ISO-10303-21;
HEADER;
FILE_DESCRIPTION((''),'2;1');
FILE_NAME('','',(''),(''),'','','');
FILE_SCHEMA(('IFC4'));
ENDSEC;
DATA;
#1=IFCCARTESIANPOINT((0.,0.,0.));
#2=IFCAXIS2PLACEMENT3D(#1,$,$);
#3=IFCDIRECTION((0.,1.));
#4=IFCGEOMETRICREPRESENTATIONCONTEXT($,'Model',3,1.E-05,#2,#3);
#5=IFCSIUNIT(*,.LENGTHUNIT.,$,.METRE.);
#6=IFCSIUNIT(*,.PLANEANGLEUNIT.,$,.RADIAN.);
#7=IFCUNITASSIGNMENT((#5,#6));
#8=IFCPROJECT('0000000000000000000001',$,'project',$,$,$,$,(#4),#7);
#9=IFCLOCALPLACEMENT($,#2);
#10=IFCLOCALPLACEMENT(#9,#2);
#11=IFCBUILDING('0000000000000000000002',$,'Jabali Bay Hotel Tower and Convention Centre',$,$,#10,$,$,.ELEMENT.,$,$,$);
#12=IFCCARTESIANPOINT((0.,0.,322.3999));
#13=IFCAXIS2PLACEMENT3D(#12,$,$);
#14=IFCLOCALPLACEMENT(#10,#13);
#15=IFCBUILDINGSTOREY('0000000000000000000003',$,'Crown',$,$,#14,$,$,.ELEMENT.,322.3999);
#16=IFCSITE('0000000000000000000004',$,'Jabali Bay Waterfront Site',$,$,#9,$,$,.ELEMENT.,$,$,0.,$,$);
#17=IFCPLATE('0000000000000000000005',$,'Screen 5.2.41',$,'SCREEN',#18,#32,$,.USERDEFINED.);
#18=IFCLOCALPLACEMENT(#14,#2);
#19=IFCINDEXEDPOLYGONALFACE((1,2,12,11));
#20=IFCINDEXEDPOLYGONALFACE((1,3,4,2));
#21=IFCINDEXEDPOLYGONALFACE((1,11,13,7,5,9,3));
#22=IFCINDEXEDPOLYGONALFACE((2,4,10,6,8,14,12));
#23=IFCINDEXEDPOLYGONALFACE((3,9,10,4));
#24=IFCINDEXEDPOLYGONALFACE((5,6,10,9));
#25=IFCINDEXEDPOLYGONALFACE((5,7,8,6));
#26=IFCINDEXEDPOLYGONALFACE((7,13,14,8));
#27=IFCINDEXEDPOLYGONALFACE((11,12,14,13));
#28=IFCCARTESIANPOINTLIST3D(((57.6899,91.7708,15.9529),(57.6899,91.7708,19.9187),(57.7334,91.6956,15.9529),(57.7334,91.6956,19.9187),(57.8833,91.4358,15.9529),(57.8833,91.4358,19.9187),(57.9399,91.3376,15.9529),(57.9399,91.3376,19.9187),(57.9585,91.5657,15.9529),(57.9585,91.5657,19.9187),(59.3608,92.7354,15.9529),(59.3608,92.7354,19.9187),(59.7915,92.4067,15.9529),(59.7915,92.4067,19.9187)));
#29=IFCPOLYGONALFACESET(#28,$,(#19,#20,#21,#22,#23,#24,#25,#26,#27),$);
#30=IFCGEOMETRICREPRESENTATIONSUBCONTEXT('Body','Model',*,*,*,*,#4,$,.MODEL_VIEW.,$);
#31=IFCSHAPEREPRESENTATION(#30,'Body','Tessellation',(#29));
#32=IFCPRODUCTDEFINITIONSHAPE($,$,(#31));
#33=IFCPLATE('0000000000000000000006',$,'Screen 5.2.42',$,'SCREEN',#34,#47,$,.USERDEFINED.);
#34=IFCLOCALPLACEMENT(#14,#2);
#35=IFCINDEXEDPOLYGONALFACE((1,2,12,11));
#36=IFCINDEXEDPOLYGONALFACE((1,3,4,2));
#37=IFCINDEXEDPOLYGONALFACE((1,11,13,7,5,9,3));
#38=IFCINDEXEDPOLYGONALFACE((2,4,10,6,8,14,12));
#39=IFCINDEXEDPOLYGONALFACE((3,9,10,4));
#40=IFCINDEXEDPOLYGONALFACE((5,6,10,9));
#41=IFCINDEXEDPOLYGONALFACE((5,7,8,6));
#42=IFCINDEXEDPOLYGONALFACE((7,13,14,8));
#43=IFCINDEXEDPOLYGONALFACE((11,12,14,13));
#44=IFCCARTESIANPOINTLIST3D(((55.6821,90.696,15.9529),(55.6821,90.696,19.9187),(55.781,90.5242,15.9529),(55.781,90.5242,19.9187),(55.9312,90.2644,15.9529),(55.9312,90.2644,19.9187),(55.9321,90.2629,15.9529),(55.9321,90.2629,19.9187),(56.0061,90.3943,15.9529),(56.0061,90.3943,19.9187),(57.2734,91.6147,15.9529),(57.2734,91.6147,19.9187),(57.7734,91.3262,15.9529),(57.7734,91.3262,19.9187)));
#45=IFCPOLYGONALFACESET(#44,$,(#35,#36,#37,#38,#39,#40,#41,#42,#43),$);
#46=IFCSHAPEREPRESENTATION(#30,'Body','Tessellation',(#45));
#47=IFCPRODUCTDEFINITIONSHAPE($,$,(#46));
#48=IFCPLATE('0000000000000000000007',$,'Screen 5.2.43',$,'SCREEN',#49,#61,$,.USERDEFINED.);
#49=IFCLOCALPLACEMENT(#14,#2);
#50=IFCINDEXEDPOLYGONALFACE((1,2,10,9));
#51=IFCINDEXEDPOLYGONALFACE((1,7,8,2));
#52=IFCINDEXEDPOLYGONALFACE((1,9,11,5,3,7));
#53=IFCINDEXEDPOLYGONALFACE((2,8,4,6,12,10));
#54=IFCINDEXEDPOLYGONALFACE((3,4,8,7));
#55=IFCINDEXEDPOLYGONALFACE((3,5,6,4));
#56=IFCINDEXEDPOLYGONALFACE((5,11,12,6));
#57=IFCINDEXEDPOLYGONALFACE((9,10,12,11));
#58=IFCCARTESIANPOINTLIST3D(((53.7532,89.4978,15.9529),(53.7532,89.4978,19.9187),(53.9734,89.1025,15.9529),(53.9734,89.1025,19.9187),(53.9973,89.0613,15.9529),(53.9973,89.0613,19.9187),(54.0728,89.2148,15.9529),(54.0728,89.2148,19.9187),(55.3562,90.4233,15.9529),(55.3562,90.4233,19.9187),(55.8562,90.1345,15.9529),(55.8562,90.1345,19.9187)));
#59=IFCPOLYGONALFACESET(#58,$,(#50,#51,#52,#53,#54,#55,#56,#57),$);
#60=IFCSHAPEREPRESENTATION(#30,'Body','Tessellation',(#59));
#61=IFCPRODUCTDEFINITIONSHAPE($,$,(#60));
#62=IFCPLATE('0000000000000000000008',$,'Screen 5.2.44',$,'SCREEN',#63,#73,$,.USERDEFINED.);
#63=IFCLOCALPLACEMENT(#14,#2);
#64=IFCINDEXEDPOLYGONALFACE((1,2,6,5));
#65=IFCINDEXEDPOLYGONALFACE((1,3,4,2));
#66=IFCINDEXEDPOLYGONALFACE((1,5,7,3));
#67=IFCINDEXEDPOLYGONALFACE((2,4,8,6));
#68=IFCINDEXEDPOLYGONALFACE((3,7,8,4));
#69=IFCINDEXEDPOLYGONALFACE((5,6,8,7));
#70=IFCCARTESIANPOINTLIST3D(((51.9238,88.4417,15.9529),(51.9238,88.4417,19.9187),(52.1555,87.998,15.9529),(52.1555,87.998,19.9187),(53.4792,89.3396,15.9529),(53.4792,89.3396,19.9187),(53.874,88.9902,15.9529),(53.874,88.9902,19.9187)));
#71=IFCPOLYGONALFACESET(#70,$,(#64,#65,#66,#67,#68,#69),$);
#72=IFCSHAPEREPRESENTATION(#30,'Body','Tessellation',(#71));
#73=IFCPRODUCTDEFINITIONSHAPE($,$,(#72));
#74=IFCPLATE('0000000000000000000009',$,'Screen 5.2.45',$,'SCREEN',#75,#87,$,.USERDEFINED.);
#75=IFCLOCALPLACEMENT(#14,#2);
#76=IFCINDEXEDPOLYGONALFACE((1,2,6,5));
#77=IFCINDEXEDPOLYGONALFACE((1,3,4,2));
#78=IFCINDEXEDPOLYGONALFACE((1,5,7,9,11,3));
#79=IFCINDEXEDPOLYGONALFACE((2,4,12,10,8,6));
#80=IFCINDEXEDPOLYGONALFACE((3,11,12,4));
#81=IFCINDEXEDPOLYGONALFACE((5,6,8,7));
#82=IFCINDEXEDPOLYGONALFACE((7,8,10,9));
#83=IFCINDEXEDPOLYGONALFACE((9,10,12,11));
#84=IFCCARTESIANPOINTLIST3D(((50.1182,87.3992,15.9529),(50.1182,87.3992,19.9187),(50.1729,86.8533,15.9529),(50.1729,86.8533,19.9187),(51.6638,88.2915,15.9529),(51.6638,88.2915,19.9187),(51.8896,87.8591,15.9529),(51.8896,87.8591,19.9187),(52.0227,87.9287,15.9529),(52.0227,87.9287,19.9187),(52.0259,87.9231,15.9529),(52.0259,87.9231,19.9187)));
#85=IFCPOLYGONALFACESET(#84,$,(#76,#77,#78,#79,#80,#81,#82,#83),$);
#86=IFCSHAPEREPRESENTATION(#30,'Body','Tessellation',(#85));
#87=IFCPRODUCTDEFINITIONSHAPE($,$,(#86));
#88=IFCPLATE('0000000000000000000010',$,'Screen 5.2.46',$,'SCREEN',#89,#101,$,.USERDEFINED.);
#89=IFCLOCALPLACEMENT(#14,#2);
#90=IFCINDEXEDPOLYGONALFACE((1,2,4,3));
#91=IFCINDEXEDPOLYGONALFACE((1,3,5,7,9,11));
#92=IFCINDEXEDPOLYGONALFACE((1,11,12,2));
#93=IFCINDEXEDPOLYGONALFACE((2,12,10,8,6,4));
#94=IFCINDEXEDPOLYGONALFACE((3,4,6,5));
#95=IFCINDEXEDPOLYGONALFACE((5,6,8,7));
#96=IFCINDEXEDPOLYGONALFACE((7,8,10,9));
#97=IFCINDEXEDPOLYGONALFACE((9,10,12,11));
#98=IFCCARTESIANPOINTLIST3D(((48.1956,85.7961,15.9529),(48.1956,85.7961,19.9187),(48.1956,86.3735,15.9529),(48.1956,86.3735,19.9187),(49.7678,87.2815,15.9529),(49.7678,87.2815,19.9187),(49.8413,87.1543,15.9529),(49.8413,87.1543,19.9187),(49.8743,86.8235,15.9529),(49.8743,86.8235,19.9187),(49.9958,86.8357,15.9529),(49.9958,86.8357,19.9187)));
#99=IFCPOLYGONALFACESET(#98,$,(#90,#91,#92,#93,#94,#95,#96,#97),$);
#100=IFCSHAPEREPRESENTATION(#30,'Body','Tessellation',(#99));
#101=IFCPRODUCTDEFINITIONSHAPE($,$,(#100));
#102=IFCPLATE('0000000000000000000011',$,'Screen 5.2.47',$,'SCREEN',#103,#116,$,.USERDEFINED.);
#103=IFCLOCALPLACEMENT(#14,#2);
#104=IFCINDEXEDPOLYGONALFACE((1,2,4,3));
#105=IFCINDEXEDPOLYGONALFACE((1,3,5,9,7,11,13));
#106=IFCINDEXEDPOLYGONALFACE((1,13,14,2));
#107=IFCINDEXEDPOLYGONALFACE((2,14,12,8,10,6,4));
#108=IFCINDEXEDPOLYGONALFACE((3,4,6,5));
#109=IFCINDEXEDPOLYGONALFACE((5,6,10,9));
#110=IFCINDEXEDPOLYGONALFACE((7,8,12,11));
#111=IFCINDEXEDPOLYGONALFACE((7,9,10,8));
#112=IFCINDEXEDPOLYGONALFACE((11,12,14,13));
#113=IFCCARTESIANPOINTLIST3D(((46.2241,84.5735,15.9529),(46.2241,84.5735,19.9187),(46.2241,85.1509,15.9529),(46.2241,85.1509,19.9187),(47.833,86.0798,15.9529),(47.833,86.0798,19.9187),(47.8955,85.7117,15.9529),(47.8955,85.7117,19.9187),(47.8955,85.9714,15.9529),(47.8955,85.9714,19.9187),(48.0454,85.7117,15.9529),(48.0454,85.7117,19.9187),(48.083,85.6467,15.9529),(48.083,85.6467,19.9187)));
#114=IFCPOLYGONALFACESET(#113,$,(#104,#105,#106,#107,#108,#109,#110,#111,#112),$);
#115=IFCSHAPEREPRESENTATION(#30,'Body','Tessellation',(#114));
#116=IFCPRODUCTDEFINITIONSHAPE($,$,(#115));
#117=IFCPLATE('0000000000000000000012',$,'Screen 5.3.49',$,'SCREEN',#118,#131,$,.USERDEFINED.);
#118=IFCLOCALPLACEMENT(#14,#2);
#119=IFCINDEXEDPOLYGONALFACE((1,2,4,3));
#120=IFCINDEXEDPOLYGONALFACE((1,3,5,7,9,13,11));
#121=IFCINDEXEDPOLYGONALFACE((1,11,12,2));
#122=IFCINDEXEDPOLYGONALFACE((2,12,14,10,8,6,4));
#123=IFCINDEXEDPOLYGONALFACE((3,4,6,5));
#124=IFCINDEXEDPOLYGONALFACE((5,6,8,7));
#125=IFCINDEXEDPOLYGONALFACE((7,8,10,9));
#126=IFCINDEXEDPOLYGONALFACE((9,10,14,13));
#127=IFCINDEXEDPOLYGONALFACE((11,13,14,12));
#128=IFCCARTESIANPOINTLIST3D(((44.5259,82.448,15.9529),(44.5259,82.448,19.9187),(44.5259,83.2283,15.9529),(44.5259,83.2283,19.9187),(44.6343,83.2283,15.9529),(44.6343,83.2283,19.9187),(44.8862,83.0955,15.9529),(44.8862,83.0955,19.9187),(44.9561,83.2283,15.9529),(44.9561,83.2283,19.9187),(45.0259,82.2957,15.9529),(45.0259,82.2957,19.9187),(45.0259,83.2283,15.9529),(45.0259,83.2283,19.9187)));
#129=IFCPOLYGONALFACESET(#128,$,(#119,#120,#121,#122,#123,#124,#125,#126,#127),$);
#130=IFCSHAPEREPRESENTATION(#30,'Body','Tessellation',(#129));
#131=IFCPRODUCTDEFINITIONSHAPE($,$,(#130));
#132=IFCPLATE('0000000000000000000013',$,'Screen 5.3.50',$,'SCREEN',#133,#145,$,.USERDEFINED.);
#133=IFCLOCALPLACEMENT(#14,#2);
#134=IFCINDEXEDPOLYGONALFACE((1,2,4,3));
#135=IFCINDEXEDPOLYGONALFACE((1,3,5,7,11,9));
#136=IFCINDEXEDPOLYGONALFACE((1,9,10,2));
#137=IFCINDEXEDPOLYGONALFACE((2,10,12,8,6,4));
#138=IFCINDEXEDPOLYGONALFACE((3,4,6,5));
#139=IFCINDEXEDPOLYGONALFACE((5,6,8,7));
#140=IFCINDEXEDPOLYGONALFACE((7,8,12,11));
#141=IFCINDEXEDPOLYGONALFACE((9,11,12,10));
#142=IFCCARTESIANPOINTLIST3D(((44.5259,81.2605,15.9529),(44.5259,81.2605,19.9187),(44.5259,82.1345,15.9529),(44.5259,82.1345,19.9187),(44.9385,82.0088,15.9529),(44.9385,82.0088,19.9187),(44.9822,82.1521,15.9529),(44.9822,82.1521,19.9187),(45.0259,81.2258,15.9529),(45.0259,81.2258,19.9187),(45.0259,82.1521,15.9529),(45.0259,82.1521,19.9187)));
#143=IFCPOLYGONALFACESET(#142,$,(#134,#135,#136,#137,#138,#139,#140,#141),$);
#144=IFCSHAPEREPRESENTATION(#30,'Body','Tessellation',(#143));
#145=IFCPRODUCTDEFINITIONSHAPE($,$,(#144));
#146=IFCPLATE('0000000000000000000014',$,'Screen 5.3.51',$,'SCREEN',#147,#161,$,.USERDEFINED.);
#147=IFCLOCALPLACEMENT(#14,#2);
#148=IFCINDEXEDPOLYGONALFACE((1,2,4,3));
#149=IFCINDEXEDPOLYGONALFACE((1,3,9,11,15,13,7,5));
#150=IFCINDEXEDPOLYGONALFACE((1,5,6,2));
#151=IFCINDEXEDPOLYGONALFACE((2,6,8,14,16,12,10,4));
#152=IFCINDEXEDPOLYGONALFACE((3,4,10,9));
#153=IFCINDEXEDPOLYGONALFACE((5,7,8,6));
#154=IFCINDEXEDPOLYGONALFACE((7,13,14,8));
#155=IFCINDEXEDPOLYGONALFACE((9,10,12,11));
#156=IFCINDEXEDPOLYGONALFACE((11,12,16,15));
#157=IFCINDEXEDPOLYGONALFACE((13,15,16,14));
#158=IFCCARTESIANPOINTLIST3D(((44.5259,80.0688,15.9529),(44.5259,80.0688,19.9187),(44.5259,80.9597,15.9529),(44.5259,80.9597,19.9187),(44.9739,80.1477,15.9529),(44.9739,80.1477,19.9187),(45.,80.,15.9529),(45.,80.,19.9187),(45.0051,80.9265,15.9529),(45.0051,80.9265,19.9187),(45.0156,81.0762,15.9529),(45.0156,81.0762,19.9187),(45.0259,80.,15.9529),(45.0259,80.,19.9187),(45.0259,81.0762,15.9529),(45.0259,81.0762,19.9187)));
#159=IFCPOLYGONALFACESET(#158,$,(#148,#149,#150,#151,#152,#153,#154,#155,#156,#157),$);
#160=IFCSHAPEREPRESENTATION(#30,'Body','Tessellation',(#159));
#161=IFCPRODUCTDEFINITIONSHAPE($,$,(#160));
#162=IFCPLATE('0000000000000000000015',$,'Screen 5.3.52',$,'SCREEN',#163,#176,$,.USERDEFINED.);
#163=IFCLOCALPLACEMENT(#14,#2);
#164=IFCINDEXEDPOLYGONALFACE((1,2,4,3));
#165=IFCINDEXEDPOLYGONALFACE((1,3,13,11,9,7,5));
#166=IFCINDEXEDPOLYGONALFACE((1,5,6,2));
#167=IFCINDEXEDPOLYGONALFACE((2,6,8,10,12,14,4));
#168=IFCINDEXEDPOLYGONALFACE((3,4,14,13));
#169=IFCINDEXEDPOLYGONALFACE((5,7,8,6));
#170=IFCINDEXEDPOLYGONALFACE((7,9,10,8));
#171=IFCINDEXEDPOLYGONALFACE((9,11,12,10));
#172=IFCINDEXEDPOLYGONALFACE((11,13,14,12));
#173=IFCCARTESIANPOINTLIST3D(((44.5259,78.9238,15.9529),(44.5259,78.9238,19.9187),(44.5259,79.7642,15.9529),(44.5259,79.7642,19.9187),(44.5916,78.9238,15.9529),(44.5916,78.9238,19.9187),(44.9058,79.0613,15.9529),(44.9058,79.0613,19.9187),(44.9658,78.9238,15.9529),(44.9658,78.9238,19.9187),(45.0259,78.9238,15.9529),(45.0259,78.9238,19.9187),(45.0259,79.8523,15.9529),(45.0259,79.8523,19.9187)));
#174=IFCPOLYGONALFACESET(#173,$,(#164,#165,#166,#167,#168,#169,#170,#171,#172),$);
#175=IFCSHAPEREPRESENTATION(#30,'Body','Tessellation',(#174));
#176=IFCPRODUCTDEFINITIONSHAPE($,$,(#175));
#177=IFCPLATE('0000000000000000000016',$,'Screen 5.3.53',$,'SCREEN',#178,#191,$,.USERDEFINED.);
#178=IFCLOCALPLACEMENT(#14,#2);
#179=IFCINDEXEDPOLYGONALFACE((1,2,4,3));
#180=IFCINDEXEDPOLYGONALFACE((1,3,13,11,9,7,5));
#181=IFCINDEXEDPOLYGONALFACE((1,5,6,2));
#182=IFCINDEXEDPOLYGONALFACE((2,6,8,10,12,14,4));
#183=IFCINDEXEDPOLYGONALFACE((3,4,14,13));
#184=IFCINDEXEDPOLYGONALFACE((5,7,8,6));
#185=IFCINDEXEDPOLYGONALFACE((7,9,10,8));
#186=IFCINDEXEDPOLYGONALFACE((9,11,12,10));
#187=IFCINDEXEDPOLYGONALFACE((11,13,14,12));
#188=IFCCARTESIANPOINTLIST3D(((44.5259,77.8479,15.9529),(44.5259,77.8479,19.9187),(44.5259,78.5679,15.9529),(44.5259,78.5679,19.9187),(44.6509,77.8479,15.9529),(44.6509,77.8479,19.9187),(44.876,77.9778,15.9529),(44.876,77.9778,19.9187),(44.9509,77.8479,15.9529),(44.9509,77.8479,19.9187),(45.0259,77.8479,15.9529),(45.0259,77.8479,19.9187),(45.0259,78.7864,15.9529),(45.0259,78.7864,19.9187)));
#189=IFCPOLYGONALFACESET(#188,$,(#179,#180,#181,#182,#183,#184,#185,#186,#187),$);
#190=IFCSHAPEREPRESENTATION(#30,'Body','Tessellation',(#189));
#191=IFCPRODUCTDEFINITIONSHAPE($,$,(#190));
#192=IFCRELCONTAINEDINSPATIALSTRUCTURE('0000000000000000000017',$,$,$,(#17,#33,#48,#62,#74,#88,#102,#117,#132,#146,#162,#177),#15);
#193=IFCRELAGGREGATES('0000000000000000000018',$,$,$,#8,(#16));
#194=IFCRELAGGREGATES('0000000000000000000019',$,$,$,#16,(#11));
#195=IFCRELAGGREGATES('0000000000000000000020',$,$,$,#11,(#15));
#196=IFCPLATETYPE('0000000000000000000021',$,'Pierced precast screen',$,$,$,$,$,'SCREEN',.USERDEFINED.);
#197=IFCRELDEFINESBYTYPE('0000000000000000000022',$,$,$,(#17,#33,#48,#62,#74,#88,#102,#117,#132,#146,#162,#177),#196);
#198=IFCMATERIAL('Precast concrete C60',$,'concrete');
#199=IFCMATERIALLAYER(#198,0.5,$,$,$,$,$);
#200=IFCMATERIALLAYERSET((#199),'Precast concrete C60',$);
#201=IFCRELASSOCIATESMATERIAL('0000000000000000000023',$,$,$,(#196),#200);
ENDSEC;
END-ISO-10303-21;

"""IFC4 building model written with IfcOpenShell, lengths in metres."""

from ifc_helpers import new_model, si_unit, direction, frame, origin, place, context, subcontext, project, spatial, polyline, outline, extrude, material, layer, layer_set, type_object, element, save


model = new_model("IFC4")

# Units and contexts
model_context = context("Model", 3, precision=1e-05, world=origin(), true_north=direction((0.0, 1.0)))
body_context = subcontext(model_context, "Body", "Model", "MODEL_VIEW")
ifc_project = project(units=[si_unit("LENGTHUNIT", "METRE"), si_unit("PLANEANGLEUNIT", "RADIAN")], contexts=[model_context])

# Site, building, storey
site_placement = place(None, origin())
site = spatial("IfcSite", under=ifc_project, at=site_placement, Name="Jabali Bay Waterfront Site", CompositionType="ELEMENT", RefElevation=0.0)
building_placement = place(site_placement, origin())
building = spatial("IfcBuilding", under=site, at=building_placement, Name="Jabali Bay Hotel Tower and Convention Centre", CompositionType="ELEMENT")
storey_placement = place(building_placement, frame((0.0, 0.0, 322.3999)))
storey = spatial("IfcBuildingStorey", under=building, at=storey_placement, Name="Crown", CompositionType="ELEMENT", Elevation=322.3999)

# Plates
ifc_material = material(Name="Precast concrete C60", Category="concrete")
ifc_layer = layer(ifc_material, 0.5)
ifc_layer_set = layer_set([ifc_layer], Name="Precast concrete C60")
plate_type = type_object("IfcPlateType", Name="Pierced precast screen", ElementType="SCREEN", PredefinedType="USERDEFINED", material=ifc_layer_set)
plate_1_placement = place(storey_placement, frame((0.0, 0.0, 15.9529)))
element("IfcPlate", 1, at=plate_1_placement, inside=storey, type_object=plate_type, Name="Screen 5.2.41", ObjectType="SCREEN", PredefinedType="USERDEFINED", context=body_context, shape_type="SweptSolid", body=[
    extrude(outline(polyline([(57.9399, 91.3376), (59.7915, 92.4067), (59.3608, 92.7354), (57.6899, 91.7708), (57.7334, 91.6956), (57.9585, 91.5657), (57.8833, 91.4358), (57.9399, 91.3376)])), origin(), (0.0, 0.0, 1.0), 3.9658),
])
plate_2_placement = place(storey_placement, frame((0.0, 0.0, 15.9529)))
element("IfcPlate", 2, at=plate_2_placement, inside=storey, type_object=plate_type, Name="Screen 5.2.42", ObjectType="SCREEN", PredefinedType="USERDEFINED", context=body_context, shape_type="SweptSolid", body=[
    extrude(outline(polyline([(55.9321, 90.2629), (57.7734, 91.3262), (57.2734, 91.6147), (55.6821, 90.696), (55.781, 90.5242), (56.0061, 90.3943), (55.9312, 90.2644), (55.9321, 90.2629)])), origin(), (0.0, 0.0, 1.0), 3.9658),
])
plate_3_placement = place(storey_placement, frame((0.0, 0.0, 15.9529)))
element("IfcPlate", 3, at=plate_3_placement, inside=storey, type_object=plate_type, Name="Screen 5.2.43", ObjectType="SCREEN", PredefinedType="USERDEFINED", context=body_context, shape_type="SweptSolid", body=[
    extrude(outline(polyline([(53.9973, 89.0613), (55.8562, 90.1345), (55.3562, 90.4233), (53.7532, 89.4978), (54.0728, 89.2148), (53.9734, 89.1025), (53.9973, 89.0613)])), origin(), (0.0, 0.0, 1.0), 3.9658),
])
plate_4_placement = place(storey_placement, frame((0.0, 0.0, 15.9529)))
element("IfcPlate", 4, at=plate_4_placement, inside=storey, type_object=plate_type, Name="Screen 5.2.44", ObjectType="SCREEN", PredefinedType="USERDEFINED", context=body_context, shape_type="SweptSolid", body=[
    extrude(outline(polyline([(52.1555, 87.998), (53.874, 88.9902), (53.4792, 89.3396), (51.9238, 88.4417), (52.1555, 87.998)])), origin(), (0.0, 0.0, 1.0), 3.9658),
])
plate_5_placement = place(storey_placement, frame((0.0, 0.0, 15.9529)))
element("IfcPlate", 5, at=plate_5_placement, inside=storey, type_object=plate_type, Name="Screen 5.2.45", ObjectType="SCREEN", PredefinedType="USERDEFINED", context=body_context, shape_type="SweptSolid", body=[
    extrude(outline(polyline([(50.1729, 86.8533), (52.0259, 87.9231), (52.0227, 87.9287), (51.8896, 87.8591), (51.6638, 88.2915), (50.1182, 87.3992), (50.1729, 86.8533)])), origin(), (0.0, 0.0, 1.0), 3.9658),
])
plate_6_placement = place(storey_placement, frame((0.0, 0.0, 15.9529)))
element("IfcPlate", 6, at=plate_6_placement, inside=storey, type_object=plate_type, Name="Screen 5.2.46", ObjectType="SCREEN", PredefinedType="USERDEFINED", context=body_context, shape_type="SweptSolid", body=[
    extrude(outline(polyline([(48.1956, 85.7961), (49.9958, 86.8357), (49.8743, 86.8235), (49.8413, 87.1543), (49.7678, 87.2815), (48.1956, 86.3735), (48.1956, 85.7961)])), origin(), (0.0, 0.0, 1.0), 3.9658),
])
plate_7_placement = place(storey_placement, frame((0.0, 0.0, 15.9529)))
element("IfcPlate", 7, at=plate_7_placement, inside=storey, type_object=plate_type, Name="Screen 5.2.47", ObjectType="SCREEN", PredefinedType="USERDEFINED", context=body_context, shape_type="SweptSolid", body=[
    extrude(outline(polyline([(46.2241, 84.5735), (48.083, 85.6467), (48.0454, 85.7117), (47.8955, 85.7117), (47.8955, 85.9714), (47.833, 86.0798), (46.2241, 85.1509), (46.2241, 84.5735)])), origin(), (0.0, 0.0, 1.0), 3.9658),
])
plate_8_placement = place(storey_placement, frame((0.0, 0.0, 15.9529)))
element("IfcPlate", 8, at=plate_8_placement, inside=storey, type_object=plate_type, Name="Screen 5.3.49", ObjectType="SCREEN", PredefinedType="USERDEFINED", context=body_context, shape_type="SweptSolid", body=[
    extrude(outline(polyline([(45.0259, 82.2957), (45.0259, 83.2283), (44.9561, 83.2283), (44.8862, 83.0955), (44.6343, 83.2283), (44.5259, 83.2283), (44.5259, 82.448), (45.0259, 82.2957)])), origin(), (0.0, 0.0, 1.0), 3.9658),
])
plate_9_placement = place(storey_placement, frame((0.0, 0.0, 15.9529)))
element("IfcPlate", 9, at=plate_9_placement, inside=storey, type_object=plate_type, Name="Screen 5.3.50", ObjectType="SCREEN", PredefinedType="USERDEFINED", context=body_context, shape_type="SweptSolid", body=[
    extrude(outline(polyline([(45.0259, 81.2258), (45.0259, 82.1521), (44.9822, 82.1521), (44.9385, 82.0088), (44.5259, 82.1345), (44.5259, 81.2605), (45.0259, 81.2258)])), origin(), (0.0, 0.0, 1.0), 3.9658),
])
plate_10_placement = place(storey_placement, frame((0.0, 0.0, 15.9529)))
element("IfcPlate", 10, at=plate_10_placement, inside=storey, type_object=plate_type, Name="Screen 5.3.51", ObjectType="SCREEN", PredefinedType="USERDEFINED", context=body_context, shape_type="SweptSolid", body=[
    extrude(outline(polyline([(45.0259, 80.0), (45.0259, 81.0762), (45.0156, 81.0762), (45.0051, 80.9265), (44.5259, 80.9597), (44.5259, 80.0688), (44.9739, 80.1477), (45.0, 80.0), (45.0259, 80.0)])), origin(), (0.0, 0.0, 1.0), 3.9658),
])
plate_11_placement = place(storey_placement, frame((0.0, 0.0, 15.9529)))
element("IfcPlate", 11, at=plate_11_placement, inside=storey, type_object=plate_type, Name="Screen 5.3.52", ObjectType="SCREEN", PredefinedType="USERDEFINED", context=body_context, shape_type="SweptSolid", body=[
    extrude(outline(polyline([(45.0259, 78.9238), (45.0259, 79.8523), (44.5259, 79.7642), (44.5259, 78.9238), (44.5916, 78.9238), (44.9058, 79.0613), (44.9658, 78.9238), (45.0259, 78.9238)])), origin(), (0.0, 0.0, 1.0), 3.9658),
])
plate_12_placement = place(storey_placement, frame((0.0, 0.0, 15.9529)))
element("IfcPlate", 12, at=plate_12_placement, inside=storey, type_object=plate_type, Name="Screen 5.3.53", ObjectType="SCREEN", PredefinedType="USERDEFINED", context=body_context, shape_type="SweptSolid", body=[
    extrude(outline(polyline([(45.0259, 77.8479), (45.0259, 78.7864), (44.5259, 78.5679), (44.5259, 77.8479), (44.6509, 77.8479), (44.876, 77.9778), (44.9509, 77.8479), (45.0259, 77.8479)])), origin(), (0.0, 0.0, 1.0), 3.9658),
])

save(model, "model.ifc")
